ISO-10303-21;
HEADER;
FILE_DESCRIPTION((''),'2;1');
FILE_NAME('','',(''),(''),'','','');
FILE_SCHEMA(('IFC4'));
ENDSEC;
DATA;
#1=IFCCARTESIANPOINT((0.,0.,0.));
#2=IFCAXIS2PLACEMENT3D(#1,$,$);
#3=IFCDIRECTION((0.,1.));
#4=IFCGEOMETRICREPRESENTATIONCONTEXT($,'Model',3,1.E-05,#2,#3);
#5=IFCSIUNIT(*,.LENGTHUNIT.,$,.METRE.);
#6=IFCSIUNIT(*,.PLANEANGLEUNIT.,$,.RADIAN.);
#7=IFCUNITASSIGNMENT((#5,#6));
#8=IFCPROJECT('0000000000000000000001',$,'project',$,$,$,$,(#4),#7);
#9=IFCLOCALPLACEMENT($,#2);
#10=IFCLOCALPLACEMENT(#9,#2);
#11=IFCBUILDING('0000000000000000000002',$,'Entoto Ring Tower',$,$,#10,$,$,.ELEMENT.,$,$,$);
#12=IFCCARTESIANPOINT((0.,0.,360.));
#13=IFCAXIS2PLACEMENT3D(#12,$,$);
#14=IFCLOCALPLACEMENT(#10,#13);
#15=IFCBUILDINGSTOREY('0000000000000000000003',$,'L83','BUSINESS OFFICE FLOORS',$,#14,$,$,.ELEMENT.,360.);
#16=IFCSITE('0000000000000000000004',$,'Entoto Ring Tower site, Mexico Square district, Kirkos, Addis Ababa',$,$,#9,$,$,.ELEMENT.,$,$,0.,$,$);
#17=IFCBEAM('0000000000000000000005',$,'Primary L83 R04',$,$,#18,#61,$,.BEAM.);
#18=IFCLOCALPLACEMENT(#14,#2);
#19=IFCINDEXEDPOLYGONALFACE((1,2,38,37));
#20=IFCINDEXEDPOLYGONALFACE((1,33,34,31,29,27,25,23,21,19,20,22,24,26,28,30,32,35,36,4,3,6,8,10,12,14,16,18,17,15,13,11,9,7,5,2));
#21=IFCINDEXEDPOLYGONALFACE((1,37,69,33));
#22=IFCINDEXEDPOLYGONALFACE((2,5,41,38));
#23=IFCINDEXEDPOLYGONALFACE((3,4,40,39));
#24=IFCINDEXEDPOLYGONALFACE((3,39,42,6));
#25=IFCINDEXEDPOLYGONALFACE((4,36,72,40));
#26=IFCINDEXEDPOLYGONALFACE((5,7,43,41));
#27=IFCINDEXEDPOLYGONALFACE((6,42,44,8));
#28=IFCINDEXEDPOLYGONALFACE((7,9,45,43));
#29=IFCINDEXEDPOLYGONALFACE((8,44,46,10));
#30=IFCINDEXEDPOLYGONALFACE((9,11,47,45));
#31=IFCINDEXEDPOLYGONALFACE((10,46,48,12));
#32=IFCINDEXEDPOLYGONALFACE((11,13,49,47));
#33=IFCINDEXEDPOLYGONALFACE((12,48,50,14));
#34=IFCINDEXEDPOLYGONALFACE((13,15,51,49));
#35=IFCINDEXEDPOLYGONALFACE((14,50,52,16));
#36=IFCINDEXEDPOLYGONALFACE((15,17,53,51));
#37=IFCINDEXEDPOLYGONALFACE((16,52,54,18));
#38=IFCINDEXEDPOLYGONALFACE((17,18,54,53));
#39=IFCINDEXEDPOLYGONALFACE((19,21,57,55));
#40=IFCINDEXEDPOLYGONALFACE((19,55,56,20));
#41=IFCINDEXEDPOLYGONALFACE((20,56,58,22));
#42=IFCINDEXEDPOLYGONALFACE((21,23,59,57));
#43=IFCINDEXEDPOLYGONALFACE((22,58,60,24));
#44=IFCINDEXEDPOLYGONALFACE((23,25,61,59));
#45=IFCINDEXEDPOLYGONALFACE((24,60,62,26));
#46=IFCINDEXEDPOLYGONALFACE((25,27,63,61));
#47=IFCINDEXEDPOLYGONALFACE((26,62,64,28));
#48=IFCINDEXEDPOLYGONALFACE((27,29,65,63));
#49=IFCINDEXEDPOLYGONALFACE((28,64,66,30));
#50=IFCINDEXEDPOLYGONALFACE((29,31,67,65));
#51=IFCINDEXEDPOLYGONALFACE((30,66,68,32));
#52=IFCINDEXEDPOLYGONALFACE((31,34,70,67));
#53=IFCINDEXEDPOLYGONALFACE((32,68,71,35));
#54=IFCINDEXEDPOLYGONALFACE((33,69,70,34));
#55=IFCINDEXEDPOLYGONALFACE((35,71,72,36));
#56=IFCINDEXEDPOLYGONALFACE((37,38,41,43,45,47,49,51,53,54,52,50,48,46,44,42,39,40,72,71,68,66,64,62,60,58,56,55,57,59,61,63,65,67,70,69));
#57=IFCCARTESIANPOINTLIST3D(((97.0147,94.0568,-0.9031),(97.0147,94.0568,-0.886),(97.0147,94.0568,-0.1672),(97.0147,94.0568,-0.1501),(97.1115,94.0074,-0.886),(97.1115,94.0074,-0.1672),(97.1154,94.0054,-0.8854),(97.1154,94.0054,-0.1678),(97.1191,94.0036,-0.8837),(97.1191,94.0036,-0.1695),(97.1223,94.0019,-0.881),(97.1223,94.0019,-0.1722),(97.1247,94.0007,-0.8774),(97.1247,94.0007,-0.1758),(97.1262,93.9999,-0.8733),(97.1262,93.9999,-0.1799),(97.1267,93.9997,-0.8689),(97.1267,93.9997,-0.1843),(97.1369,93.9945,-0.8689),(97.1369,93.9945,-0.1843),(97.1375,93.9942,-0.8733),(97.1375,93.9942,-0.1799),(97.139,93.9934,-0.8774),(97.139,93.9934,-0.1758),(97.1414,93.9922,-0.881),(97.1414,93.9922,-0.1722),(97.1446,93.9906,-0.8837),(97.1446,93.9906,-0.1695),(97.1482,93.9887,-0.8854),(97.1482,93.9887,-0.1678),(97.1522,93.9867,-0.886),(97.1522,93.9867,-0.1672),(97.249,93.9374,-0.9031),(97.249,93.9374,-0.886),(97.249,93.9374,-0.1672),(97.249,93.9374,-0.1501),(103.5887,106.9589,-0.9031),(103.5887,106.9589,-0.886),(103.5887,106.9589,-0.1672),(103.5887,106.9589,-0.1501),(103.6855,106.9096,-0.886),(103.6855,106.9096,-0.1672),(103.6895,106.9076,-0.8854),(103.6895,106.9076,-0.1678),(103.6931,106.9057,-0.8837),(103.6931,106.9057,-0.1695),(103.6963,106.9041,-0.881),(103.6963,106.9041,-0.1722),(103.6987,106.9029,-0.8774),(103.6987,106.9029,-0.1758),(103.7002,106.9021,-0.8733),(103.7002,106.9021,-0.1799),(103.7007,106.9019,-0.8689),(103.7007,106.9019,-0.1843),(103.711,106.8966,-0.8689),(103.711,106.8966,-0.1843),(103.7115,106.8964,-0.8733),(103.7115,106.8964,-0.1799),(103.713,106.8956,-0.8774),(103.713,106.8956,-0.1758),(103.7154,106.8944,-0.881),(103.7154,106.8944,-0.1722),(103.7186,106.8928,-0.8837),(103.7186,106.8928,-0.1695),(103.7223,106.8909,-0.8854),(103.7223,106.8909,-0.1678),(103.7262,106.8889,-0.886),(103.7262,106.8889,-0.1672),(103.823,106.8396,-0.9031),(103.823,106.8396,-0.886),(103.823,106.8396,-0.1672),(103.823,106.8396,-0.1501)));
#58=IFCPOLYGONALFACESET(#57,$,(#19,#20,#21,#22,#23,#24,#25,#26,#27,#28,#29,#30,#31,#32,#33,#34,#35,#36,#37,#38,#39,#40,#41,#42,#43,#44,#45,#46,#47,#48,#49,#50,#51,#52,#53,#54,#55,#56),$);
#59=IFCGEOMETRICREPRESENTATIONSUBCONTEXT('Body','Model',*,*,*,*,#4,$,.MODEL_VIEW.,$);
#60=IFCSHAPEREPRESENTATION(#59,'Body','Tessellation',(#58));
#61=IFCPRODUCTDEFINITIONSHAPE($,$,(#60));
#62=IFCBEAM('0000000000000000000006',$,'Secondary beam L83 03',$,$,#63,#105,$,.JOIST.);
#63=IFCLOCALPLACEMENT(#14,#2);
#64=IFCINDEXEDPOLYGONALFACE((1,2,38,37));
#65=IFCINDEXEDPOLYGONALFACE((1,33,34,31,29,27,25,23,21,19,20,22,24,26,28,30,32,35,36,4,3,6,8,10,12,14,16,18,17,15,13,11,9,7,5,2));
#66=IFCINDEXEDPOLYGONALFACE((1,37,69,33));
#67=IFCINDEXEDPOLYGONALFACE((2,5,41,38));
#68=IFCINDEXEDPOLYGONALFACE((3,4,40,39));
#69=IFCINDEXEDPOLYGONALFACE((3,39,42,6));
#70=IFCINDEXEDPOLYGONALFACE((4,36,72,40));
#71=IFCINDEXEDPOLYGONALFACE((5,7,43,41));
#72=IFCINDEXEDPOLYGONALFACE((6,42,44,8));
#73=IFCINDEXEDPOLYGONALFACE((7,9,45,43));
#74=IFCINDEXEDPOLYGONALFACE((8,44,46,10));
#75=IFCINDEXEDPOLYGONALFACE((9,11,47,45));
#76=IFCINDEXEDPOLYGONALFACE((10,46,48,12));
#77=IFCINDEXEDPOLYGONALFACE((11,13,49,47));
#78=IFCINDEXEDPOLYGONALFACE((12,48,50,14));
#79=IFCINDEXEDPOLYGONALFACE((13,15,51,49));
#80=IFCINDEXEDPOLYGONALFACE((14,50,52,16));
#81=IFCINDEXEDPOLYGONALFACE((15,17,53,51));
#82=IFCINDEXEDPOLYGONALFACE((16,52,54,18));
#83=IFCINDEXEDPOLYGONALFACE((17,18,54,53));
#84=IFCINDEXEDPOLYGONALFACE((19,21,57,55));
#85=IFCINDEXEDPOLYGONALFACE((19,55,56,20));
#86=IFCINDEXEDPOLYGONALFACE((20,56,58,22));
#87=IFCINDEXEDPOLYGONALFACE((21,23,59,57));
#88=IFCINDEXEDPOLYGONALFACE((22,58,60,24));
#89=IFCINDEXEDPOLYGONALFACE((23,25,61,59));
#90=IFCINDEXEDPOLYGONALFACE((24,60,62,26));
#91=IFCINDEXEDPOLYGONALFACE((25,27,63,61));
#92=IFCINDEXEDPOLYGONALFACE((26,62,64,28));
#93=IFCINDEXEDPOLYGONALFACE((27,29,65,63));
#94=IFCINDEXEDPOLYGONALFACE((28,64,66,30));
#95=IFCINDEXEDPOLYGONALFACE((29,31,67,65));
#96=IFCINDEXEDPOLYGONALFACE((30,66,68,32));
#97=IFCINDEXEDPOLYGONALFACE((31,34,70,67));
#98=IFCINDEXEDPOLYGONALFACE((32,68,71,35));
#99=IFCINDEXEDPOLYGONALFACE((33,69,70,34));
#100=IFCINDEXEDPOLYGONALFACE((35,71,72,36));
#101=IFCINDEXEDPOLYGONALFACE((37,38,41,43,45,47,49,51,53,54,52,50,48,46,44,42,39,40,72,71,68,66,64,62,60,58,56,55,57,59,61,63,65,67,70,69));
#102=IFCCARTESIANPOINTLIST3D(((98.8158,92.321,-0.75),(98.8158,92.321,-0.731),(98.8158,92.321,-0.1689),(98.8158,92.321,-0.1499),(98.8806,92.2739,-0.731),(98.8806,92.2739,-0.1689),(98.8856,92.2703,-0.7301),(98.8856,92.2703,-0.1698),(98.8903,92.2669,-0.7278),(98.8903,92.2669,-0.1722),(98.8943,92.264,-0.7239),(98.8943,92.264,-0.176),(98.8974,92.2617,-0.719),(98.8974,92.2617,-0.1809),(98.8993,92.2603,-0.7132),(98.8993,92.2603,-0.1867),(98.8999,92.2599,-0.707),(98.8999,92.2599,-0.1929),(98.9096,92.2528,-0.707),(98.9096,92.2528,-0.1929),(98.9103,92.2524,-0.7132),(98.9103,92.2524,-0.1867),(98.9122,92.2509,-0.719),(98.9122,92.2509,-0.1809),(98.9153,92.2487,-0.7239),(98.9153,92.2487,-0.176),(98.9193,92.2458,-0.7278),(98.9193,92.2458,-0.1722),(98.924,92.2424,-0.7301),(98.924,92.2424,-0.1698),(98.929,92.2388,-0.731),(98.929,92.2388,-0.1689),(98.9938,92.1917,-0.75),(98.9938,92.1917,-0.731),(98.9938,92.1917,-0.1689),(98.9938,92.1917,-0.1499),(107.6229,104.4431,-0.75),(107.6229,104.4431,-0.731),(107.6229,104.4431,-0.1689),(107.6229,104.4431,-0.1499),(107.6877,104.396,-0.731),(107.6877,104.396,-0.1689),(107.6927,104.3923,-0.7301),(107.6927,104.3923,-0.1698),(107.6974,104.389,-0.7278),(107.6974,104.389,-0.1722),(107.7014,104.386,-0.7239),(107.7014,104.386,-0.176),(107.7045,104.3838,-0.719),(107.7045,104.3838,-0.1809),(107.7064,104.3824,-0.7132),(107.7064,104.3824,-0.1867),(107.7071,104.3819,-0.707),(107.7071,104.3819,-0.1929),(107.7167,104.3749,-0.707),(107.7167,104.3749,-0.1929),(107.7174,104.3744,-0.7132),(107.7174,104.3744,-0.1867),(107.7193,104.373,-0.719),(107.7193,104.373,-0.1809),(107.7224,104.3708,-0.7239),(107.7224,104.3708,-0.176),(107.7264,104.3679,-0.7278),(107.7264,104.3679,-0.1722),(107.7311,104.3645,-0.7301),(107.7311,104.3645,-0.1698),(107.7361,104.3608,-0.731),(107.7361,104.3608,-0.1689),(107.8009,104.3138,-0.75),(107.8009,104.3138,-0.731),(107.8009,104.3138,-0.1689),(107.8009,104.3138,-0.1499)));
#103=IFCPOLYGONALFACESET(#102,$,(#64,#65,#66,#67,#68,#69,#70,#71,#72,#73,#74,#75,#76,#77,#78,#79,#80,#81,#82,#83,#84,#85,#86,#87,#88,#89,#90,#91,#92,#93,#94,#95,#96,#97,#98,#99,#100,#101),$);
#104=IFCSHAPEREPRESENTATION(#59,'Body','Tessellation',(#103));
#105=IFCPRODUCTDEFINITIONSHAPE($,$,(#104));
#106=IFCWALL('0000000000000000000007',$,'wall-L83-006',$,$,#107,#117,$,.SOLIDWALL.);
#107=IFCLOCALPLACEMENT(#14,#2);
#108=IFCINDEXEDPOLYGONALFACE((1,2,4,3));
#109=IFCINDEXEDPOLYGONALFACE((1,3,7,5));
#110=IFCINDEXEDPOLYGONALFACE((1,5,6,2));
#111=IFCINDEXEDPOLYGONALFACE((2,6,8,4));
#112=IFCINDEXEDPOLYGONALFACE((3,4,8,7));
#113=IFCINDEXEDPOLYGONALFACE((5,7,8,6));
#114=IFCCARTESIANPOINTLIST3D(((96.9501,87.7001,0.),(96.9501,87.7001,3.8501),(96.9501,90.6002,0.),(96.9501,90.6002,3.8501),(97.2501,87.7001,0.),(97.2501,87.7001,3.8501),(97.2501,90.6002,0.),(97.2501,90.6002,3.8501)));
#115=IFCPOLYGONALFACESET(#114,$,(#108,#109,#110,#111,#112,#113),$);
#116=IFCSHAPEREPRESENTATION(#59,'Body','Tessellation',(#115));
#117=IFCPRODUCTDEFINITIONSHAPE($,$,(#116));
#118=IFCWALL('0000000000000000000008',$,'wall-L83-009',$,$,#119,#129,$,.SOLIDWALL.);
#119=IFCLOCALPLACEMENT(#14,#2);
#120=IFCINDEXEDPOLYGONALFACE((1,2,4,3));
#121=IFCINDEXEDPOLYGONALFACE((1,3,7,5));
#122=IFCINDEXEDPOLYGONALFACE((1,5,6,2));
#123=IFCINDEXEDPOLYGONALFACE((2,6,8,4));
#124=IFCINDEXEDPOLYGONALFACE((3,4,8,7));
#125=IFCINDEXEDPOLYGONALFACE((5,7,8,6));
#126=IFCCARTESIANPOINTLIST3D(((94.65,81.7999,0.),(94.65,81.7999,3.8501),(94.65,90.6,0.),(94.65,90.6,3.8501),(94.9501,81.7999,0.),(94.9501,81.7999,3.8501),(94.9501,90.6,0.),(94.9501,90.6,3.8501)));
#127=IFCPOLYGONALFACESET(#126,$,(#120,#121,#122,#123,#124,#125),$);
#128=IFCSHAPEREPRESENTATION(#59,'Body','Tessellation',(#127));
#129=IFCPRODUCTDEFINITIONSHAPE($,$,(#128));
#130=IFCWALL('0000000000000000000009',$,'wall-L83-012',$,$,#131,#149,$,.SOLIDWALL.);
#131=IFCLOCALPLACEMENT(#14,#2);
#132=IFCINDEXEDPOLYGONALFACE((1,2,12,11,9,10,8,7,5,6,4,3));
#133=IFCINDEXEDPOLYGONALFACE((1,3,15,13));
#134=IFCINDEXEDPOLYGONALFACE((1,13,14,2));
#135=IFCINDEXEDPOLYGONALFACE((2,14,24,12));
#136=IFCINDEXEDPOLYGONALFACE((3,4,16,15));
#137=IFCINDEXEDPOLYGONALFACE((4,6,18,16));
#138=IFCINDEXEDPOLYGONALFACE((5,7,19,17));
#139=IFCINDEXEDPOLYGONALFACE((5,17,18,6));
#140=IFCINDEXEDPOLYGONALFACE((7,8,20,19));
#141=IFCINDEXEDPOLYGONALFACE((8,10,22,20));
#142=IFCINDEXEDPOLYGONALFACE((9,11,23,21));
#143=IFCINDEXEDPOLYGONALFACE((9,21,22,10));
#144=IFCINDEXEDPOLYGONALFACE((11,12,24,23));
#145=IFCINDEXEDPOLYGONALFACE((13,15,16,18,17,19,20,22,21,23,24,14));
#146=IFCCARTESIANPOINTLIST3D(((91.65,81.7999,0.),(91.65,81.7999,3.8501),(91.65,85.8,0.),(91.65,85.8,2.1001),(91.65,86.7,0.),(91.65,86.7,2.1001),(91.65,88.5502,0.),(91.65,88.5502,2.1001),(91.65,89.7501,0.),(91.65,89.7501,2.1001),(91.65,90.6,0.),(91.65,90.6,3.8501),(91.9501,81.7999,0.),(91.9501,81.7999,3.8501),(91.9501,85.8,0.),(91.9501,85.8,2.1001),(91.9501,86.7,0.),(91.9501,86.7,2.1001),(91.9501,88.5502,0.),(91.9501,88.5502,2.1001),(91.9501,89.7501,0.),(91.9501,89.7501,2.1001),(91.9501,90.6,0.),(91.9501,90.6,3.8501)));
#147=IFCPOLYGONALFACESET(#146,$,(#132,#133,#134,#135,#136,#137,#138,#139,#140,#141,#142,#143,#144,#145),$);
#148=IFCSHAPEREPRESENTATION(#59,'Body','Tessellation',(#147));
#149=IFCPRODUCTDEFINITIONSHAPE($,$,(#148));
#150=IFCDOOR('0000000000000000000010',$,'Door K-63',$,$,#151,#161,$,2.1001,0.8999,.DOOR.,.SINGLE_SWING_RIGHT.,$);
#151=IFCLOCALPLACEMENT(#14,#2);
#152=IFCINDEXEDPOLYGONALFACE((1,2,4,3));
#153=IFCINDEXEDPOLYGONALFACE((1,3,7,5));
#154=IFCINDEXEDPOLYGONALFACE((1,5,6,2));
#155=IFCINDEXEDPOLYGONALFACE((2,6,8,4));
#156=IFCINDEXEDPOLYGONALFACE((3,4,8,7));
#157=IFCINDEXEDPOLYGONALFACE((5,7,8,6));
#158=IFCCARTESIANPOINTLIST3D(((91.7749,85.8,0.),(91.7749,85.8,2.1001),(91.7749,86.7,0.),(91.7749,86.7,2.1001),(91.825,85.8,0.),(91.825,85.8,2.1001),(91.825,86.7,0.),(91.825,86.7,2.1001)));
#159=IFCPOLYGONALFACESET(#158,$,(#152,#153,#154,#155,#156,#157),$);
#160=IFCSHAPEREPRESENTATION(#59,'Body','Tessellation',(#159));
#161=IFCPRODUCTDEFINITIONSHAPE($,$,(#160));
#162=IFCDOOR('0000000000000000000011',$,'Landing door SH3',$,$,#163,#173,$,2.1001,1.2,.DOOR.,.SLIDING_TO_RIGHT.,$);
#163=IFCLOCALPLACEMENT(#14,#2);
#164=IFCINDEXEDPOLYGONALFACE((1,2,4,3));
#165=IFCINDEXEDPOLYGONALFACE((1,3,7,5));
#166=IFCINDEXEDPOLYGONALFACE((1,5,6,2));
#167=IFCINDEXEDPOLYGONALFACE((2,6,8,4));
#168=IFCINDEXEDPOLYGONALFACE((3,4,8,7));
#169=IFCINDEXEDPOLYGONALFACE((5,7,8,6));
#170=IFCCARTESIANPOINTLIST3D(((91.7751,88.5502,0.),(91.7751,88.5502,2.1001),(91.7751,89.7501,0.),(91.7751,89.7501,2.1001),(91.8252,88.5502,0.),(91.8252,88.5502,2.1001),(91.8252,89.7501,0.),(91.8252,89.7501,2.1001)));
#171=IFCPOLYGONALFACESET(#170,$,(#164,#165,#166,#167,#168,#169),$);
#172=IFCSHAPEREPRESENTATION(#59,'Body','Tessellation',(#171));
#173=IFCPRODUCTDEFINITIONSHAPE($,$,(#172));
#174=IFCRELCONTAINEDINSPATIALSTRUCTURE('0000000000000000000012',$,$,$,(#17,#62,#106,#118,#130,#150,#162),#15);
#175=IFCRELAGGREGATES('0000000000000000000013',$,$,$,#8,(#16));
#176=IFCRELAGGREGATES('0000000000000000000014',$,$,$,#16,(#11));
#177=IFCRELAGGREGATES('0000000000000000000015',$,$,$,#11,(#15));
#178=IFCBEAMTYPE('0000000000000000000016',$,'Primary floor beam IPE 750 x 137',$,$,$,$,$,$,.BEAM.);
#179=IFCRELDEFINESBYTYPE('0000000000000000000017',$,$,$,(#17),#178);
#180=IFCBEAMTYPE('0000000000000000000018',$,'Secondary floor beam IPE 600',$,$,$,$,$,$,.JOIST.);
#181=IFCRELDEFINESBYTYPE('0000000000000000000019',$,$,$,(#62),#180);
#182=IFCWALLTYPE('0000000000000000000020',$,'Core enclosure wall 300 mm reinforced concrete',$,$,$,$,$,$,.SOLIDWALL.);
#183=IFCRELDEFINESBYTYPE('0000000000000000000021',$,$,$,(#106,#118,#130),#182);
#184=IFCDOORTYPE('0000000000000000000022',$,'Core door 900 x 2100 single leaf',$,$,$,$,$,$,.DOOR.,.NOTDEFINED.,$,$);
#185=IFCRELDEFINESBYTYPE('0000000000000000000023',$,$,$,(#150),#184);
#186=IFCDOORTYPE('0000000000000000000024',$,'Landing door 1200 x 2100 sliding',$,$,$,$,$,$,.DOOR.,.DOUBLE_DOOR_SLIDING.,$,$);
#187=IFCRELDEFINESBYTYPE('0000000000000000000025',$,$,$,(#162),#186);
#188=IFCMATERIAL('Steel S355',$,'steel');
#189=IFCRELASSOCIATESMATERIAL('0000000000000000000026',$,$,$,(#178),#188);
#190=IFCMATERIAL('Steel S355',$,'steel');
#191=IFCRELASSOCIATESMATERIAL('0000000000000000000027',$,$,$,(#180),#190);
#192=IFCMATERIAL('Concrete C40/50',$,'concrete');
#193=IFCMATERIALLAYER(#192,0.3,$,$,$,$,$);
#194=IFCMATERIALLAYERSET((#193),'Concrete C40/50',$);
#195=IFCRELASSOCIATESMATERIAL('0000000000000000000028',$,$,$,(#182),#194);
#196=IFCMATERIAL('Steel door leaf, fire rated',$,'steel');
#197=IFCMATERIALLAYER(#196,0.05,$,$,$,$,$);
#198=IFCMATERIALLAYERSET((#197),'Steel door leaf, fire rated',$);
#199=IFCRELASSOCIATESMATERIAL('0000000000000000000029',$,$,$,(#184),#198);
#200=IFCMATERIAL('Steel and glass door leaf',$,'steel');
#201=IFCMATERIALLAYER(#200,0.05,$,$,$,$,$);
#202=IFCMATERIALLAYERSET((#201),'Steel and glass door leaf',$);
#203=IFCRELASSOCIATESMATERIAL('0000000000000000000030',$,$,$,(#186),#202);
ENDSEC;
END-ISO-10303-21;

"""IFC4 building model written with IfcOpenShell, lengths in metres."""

from ifc_helpers import new_model, si_unit, direction, frame, frame_2d, origin, origin_2d, place, context, subcontext, project, spatial, rectangle, i_section, extrude, material, layer, layer_set, material_profile, profile_set, type_object, element, fill, save


model = new_model("IFC4")

# Units and contexts
model_context = context("Model", 3, precision=1e-05, world=origin(), true_north=direction((0.0, 1.0)))
body_context = subcontext(model_context, "Body", "Model", "MODEL_VIEW")
ifc_project = project(units=[si_unit("LENGTHUNIT", "METRE"), si_unit("PLANEANGLEUNIT", "RADIAN")], contexts=[model_context])

# Site, building, storey
site_placement = place(None, origin())
site = spatial("IfcSite", under=ifc_project, at=site_placement, Name="Entoto Ring Tower site, Mexico Square district, Kirkos, Addis Ababa", CompositionType="ELEMENT", RefElevation=0.0)
building_placement = place(site_placement, origin())
building = spatial("IfcBuilding", under=site, at=building_placement, Name="Entoto Ring Tower", CompositionType="ELEMENT")
storey_placement = place(building_placement, frame((0.0, 0.0, 360.0)))
storey = spatial("IfcBuildingStorey", under=building, at=storey_placement, Name="L83", Description="BUSINESS OFFICE FLOORS", CompositionType="ELEMENT", Elevation=360.0)

# Beams
ifc_material_1 = material(Name="Steel S355", Category="steel")
ifc_material_profile_1 = material_profile(ifc_material_1, i_section(OverallWidth=0.2629, OverallDepth=0.7529, WebThickness=0.0115, FlangeThickness=0.0171, FilletRadius=0.0171, at=origin_2d()), Name="IPE 750 x 137")
ifc_profile_set_1 = profile_set([ifc_material_profile_1], Name="Steel S355")
beam_type_1 = type_object("IfcBeamType", Name="Primary floor beam IPE 750 x 137", PredefinedType="BEAM", material=ifc_profile_set_1)
beam_1_placement = place(storey_placement, frame((97.1318, 93.9971, -0.5266), z_axis=(0.453992, 0.891006, 0.0), x_axis=(-0.891006, 0.453992, 0.0)))
element("IfcBeam", 1, at=beam_1_placement, inside=storey, type_object=beam_type_1, Name="Primary L83 R04", PredefinedType="BEAM", context=body_context, shape_type="SweptSolid", body=[
    extrude(i_section(OverallWidth=0.2629, OverallDepth=0.7529, WebThickness=0.0115, FlangeThickness=0.0171, FilletRadius=0.0171, at=origin_2d()), origin(), (0.0, 0.0, 1.0), 14.4805),
])
ifc_material_2 = material(Name="Steel S355", Category="steel")
ifc_material_profile_2 = material_profile(ifc_material_2, i_section(OverallWidth=0.22, OverallDepth=0.6001, WebThickness=0.012, FlangeThickness=0.019, FilletRadius=0.0239, at=origin_2d()), Name="IPE 600")
ifc_profile_set_2 = profile_set([ifc_material_profile_2], Name="Steel S355")
beam_type_2 = type_object("IfcBeamType", Name="Secondary floor beam IPE 600", PredefinedType="JOIST", material=ifc_profile_set_2)
beam_2_placement = place(storey_placement, frame((98.9048, 92.2563, -0.45), z_axis=(0.587782, 0.809019, 0.0), x_axis=(-0.809019, 0.587782, 0.0)))
element("IfcBeam", 2, at=beam_2_placement, inside=storey, type_object=beam_type_2, Name="Secondary beam L83 03", PredefinedType="JOIST", context=body_context, shape_type="SweptSolid", body=[
    extrude(i_section(OverallWidth=0.22, OverallDepth=0.6001, WebThickness=0.012, FlangeThickness=0.019, FilletRadius=0.0239, at=origin_2d()), origin(), (0.0, 0.0, 1.0), 14.9836),
])

# Walls
ifc_material_3 = material(Name="Concrete C40/50", Category="concrete")
ifc_layer_1 = layer(ifc_material_3, 0.3)
ifc_layer_set_1 = layer_set([ifc_layer_1], Name="Concrete C40/50")
wall_type = type_object("IfcWallType", Name="Core enclosure wall 300 mm reinforced concrete", PredefinedType="SOLIDWALL", material=ifc_layer_set_1)
wall_1_placement = place(storey_placement, frame((97.1001, 87.7, 0.0), z_axis=(0.0, 0.0, 1.0), x_axis=(0.0, 1.0, 0.0)))
element("IfcWall", 3, at=wall_1_placement, inside=storey, type_object=wall_type, Name="wall-L83-006", PredefinedType="SOLIDWALL", context=body_context, shape_type="SweptSolid", body=[
    extrude(rectangle(XDim=2.9001, YDim=0.3, at=frame_2d((1.4502, 0.0))), origin(), (0.0, 0.0, 1.0), 3.8501),
])
wall_2_placement = place(storey_placement, frame((94.8, 81.8, 0.0), z_axis=(0.0, 0.0, 1.0), x_axis=(0.0, 1.0, 0.0)))
element("IfcWall", 4, at=wall_2_placement, inside=storey, type_object=wall_type, Name="wall-L83-009", PredefinedType="SOLIDWALL", context=body_context, shape_type="SweptSolid", body=[
    extrude(rectangle(XDim=8.8, YDim=0.3, at=frame_2d((4.3999, 0.0))), origin(), (0.0, 0.0, 1.0), 3.8501),
])

# Wall, openings, doors
wall_3_placement = place(storey_placement, frame((91.8, 81.8, 0.0), z_axis=(0.0, 0.0, 1.0), x_axis=(0.0, 1.0, 0.0)))
wall_3 = element("IfcWall", 5, at=wall_3_placement, inside=storey, type_object=wall_type, Name="wall-L83-012", PredefinedType="SOLIDWALL", context=body_context, shape_type="SweptSolid", body=[
    extrude(rectangle(XDim=8.8, YDim=0.3, at=frame_2d((4.3999, 0.0))), origin(), (0.0, 0.0, 1.0), 3.8501),
])
opening_1_placement = place(wall_3_placement, frame((6.75, 0.0, 0.0)))
opening_1 = element("IfcOpeningElement", 6, at=opening_1_placement, cuts=wall_3, PredefinedType="OPENING", context=body_context, shape_type="SweptSolid", body=[
    extrude(rectangle(XDim=1.2, YDim=2.1001, at=frame_2d((0.6001, 1.05))), frame((0.0, 0.1602, 0.0), z_axis=(0.0, -1.0, 0.0), x_axis=(1.0, 0.0, 0.0)), (0.0, 0.0, 1.0), 0.3201),
])
opening_2_placement = place(wall_3_placement, frame((4.0, 0.0, 0.0)))
opening_2 = element("IfcOpeningElement", 7, at=opening_2_placement, cuts=wall_3, PredefinedType="OPENING", context=body_context, shape_type="SweptSolid", body=[
    extrude(rectangle(XDim=0.8999, YDim=2.1001, at=frame_2d((0.45, 1.05))), frame((0.0, 0.1602, 0.0), z_axis=(0.0, -1.0, 0.0), x_axis=(1.0, 0.0, 0.0)), (0.0, 0.0, 1.0), 0.3201),
])
ifc_material_4 = material(Name="Steel door leaf, fire rated", Category="steel")
ifc_layer_2 = layer(ifc_material_4, 0.05)
ifc_layer_set_2 = layer_set([ifc_layer_2], Name="Steel door leaf, fire rated")
door_type_1 = type_object("IfcDoorType", Name="Core door 900 x 2100 single leaf", OperationType="NOTDEFINED", PredefinedType="DOOR", material=ifc_layer_set_2)
door_1_placement = place(opening_2_placement, frame((0.8999, 0.0, 0.0), z_axis=(0.0, 0.0, 1.0), x_axis=(-1.0, 0.0, 0.0)))
door_1 = element("IfcDoor", 8, at=door_1_placement, inside=storey, type_object=door_type_1, Name="Door K-63", OperationType="SINGLE_SWING_RIGHT", OverallHeight=2.1001, OverallWidth=0.8999, PredefinedType="DOOR", context=body_context, shape_type="SweptSolid", body=[
    extrude(rectangle(XDim=0.8999, YDim=2.1001, at=frame_2d((0.45, 1.05))), frame((0.0, 0.0249, 0.0), z_axis=(0.0, -1.0, 0.0), x_axis=(1.0, 0.0, 0.0)), (0.0, 0.0, 1.0), 0.05),
])
fill(opening_2, door_1)
ifc_material_5 = material(Name="Steel and glass door leaf", Category="steel")
ifc_layer_3 = layer(ifc_material_5, 0.05)
ifc_layer_set_3 = layer_set([ifc_layer_3], Name="Steel and glass door leaf")
door_type_2 = type_object("IfcDoorType", Name="Landing door 1200 x 2100 sliding", OperationType="DOUBLE_DOOR_SLIDING", PredefinedType="DOOR", material=ifc_layer_set_3)
door_2_placement = place(opening_1_placement, origin())
door_2 = element("IfcDoor", 9, at=door_2_placement, inside=storey, type_object=door_type_2, Name="Landing door SH3", OperationType="SLIDING_TO_RIGHT", OverallHeight=2.1001, OverallWidth=1.2, PredefinedType="DOOR", context=body_context, shape_type="SweptSolid", body=[
    extrude(rectangle(XDim=1.2, YDim=2.1001, at=frame_2d((0.6001, 1.05))), frame((0.0, 0.0249, 0.0), z_axis=(0.0, -1.0, 0.0), x_axis=(1.0, 0.0, 0.0)), (0.0, 0.0, 1.0), 0.05),
])
fill(opening_1, door_2)

save(model, "model.ifc")
